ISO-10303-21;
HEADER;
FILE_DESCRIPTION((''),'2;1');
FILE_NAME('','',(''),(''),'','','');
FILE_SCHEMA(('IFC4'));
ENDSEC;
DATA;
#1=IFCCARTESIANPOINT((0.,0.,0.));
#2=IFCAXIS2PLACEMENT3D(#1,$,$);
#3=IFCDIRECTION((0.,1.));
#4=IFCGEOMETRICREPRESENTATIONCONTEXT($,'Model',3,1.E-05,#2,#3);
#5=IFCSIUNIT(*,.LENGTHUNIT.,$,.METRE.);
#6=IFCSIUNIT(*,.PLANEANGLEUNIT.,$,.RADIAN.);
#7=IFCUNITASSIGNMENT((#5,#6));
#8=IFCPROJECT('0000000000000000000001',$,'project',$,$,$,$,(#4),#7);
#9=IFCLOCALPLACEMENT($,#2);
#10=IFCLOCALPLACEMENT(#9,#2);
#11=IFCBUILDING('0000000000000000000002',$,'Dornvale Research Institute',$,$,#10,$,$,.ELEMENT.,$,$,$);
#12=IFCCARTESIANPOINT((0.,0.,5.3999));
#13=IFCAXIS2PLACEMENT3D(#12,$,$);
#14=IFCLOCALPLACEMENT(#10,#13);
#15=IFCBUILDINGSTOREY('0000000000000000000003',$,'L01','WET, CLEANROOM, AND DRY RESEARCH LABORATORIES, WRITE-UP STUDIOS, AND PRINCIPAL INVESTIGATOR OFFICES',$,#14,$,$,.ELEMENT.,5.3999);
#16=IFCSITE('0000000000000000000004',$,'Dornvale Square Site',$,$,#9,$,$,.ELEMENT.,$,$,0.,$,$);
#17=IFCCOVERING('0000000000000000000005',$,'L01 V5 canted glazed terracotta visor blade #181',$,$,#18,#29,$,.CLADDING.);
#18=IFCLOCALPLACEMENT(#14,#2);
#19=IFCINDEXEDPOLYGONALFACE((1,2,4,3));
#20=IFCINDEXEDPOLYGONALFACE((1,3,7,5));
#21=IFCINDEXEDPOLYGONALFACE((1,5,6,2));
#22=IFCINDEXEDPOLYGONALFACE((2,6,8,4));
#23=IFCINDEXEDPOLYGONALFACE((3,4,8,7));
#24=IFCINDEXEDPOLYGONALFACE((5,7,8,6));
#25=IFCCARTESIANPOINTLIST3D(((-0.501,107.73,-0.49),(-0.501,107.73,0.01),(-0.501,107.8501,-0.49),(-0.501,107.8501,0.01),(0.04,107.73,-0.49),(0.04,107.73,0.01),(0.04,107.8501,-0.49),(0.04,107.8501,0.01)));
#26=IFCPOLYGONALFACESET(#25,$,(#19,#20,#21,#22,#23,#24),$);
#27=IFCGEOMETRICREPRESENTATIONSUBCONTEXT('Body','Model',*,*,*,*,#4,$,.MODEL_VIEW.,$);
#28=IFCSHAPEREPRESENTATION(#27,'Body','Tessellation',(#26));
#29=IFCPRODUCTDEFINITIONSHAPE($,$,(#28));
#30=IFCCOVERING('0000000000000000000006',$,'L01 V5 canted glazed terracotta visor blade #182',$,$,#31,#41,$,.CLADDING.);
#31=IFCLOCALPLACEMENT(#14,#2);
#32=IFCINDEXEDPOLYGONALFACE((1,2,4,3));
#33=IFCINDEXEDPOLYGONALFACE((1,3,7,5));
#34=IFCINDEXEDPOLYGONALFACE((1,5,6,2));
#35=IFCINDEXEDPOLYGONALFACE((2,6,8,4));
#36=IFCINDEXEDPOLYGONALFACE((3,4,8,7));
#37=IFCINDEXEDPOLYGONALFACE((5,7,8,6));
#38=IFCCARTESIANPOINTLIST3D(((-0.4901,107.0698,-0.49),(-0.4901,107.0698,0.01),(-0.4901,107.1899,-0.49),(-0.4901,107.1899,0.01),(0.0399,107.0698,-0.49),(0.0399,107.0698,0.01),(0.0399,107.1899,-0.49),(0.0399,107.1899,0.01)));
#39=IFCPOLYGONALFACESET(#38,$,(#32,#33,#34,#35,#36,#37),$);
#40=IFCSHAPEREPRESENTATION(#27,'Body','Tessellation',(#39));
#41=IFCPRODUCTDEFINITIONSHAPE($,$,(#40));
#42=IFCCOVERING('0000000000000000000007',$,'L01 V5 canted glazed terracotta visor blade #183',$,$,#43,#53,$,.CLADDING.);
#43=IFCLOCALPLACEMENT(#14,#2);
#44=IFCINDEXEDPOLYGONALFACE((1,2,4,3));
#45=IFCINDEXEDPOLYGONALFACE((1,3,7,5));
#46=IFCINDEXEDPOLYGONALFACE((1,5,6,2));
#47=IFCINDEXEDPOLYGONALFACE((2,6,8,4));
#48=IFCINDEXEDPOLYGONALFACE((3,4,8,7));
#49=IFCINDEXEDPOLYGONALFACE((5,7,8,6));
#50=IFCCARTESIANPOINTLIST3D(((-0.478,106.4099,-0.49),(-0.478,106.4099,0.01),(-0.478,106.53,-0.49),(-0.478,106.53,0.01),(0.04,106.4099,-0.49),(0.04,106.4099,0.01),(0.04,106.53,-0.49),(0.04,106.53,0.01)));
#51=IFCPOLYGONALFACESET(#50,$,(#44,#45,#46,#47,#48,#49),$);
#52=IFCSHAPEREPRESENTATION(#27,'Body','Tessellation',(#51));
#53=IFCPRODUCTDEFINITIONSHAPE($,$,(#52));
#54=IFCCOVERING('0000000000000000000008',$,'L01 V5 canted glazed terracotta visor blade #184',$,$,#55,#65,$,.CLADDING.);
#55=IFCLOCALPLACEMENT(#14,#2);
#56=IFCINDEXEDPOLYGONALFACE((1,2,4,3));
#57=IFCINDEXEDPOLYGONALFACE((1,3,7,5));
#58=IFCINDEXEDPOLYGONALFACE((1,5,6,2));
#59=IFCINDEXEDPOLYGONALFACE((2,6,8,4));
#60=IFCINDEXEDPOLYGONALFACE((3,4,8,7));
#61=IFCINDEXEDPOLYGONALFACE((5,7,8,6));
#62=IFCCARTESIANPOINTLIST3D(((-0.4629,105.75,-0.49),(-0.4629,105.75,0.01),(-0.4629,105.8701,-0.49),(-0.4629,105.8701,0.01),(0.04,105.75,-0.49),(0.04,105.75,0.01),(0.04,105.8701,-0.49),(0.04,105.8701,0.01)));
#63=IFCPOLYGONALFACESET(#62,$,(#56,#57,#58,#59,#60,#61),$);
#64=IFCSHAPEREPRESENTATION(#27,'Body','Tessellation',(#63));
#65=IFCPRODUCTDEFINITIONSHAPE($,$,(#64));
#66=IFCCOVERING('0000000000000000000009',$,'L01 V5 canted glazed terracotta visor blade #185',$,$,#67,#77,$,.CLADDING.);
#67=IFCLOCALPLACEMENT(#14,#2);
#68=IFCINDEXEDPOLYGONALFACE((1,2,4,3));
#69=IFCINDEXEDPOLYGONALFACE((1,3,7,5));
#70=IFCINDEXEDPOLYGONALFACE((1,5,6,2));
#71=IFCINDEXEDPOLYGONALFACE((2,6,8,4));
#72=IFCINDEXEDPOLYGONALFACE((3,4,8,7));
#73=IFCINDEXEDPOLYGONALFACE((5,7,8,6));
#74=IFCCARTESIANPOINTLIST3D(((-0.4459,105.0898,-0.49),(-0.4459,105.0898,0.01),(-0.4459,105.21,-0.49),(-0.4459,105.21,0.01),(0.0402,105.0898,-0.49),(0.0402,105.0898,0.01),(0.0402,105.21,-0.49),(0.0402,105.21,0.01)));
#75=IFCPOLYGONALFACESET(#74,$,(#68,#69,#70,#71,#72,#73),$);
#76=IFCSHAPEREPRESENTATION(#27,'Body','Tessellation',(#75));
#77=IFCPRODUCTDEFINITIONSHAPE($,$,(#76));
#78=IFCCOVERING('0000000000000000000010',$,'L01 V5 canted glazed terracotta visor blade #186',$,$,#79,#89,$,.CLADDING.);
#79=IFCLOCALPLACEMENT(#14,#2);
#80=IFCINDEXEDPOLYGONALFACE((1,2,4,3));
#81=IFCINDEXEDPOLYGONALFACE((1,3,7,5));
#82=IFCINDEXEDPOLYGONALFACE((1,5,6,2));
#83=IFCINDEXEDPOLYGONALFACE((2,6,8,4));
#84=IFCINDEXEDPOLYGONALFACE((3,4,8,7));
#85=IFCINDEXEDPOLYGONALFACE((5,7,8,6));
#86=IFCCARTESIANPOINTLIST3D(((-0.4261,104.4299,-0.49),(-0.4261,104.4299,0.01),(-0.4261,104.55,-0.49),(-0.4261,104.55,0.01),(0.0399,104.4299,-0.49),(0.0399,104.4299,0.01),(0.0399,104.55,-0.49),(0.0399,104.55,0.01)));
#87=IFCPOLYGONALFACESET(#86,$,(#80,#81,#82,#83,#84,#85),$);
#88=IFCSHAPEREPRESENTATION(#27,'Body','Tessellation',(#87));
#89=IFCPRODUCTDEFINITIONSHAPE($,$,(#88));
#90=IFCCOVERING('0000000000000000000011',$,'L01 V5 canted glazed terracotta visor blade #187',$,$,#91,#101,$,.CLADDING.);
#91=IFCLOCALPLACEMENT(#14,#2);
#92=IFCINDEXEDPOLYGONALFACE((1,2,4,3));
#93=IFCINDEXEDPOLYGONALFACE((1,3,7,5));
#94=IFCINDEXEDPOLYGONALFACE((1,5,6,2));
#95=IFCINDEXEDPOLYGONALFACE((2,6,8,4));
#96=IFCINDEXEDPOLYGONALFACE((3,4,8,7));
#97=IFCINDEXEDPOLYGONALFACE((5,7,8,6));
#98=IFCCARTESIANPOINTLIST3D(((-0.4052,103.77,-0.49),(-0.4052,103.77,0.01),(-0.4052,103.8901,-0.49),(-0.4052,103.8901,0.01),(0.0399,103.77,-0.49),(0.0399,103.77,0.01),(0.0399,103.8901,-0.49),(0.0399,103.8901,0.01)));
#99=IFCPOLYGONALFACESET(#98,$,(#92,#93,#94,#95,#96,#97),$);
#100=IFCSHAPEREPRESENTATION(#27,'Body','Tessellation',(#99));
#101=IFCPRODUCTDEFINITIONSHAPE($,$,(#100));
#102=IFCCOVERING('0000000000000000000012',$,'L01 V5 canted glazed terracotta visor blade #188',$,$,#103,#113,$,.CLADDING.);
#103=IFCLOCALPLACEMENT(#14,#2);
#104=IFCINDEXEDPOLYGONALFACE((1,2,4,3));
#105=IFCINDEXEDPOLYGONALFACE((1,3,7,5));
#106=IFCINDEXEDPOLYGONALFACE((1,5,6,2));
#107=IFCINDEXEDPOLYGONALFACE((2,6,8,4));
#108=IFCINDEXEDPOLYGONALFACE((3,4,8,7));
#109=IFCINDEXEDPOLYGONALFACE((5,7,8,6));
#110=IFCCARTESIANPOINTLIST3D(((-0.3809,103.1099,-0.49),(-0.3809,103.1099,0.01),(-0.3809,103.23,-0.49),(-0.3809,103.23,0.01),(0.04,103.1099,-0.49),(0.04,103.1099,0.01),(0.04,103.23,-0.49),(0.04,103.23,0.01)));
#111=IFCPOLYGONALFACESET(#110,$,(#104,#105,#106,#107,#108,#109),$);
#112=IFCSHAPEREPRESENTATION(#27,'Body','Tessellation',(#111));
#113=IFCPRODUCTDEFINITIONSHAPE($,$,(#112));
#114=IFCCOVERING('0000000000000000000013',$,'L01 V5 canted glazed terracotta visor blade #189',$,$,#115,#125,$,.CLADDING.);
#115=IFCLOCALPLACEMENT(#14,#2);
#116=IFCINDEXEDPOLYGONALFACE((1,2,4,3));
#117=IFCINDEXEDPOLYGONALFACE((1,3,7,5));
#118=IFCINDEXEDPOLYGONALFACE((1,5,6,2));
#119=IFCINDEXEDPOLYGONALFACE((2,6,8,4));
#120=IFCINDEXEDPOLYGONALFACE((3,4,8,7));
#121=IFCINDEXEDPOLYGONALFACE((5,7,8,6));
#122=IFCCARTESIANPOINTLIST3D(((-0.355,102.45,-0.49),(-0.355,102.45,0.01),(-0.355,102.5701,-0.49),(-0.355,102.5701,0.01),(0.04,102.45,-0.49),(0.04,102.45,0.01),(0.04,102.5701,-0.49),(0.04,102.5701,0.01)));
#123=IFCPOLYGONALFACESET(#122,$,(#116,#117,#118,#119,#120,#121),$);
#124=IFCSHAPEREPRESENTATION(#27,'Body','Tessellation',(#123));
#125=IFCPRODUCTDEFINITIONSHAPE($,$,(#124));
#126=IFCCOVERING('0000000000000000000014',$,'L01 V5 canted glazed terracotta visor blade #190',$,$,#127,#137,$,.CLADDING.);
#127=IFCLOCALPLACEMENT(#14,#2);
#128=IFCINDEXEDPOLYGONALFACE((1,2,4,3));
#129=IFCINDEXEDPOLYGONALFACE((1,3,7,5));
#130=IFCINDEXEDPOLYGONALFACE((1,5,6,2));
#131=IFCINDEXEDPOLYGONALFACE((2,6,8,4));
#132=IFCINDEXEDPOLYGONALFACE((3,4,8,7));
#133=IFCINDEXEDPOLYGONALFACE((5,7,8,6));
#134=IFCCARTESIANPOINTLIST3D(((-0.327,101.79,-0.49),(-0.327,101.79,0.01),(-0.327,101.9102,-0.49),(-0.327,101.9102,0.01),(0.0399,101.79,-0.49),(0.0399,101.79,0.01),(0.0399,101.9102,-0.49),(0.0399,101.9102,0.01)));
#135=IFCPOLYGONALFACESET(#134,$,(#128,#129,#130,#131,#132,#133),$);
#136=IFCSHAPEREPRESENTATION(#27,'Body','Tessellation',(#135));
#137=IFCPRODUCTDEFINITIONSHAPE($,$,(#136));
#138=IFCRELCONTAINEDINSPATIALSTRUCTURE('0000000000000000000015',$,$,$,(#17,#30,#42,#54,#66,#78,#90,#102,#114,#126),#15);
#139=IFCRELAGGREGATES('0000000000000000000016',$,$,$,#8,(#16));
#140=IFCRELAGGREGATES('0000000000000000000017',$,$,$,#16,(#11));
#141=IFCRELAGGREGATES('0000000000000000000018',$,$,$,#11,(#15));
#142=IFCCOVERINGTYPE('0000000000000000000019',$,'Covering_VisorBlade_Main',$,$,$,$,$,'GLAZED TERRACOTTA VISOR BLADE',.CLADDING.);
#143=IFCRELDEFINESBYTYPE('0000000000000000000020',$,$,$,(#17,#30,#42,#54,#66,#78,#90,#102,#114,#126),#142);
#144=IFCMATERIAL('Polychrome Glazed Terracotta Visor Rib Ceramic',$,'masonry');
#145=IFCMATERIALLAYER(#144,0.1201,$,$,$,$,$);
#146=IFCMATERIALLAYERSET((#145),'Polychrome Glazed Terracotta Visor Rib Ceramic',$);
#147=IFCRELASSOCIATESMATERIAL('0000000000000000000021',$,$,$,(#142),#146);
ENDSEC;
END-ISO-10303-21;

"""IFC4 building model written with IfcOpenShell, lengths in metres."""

from ifc_helpers import new_model, si_unit, direction, frame, origin, origin_2d, place, context, subcontext, project, spatial, rectangle, extrude, material, layer, layer_set, type_object, element, save


model = new_model("IFC4")

# Units and contexts
model_context = context("Model", 3, precision=1e-05, world=origin(), true_north=direction((0.0, 1.0)))
body_context = subcontext(model_context, "Body", "Model", "MODEL_VIEW")
ifc_project = project(units=[si_unit("LENGTHUNIT", "METRE"), si_unit("PLANEANGLEUNIT", "RADIAN")], contexts=[model_context])

# Site, building, storey
site_placement = place(None, origin())
site = spatial("IfcSite", under=ifc_project, at=site_placement, Name="Dornvale Square Site", CompositionType="ELEMENT", RefElevation=0.0)
building_placement = place(site_placement, origin())
building = spatial("IfcBuilding", under=site, at=building_placement, Name="Dornvale Research Institute", CompositionType="ELEMENT")
storey_placement = place(building_placement, frame((0.0, 0.0, 5.3999)))
storey = spatial("IfcBuildingStorey", under=building, at=storey_placement, Name="L01", Description="WET, CLEANROOM, AND DRY RESEARCH LABORATORIES, WRITE-UP STUDIOS, AND PRINCIPAL INVESTIGATOR OFFICES", CompositionType="ELEMENT", Elevation=5.3999)

# Coverings
ifc_material_1 = material(Name="Polychrome Glazed Terracotta Visor Rib Ceramic", Category="masonry")
ifc_layer_1 = layer(ifc_material_1, 0.1201)
ifc_layer_set_1 = layer_set([ifc_layer_1], Name="Polychrome Glazed Terracotta Visor Rib Ceramic")
covering_type = type_object("IfcCoveringType", Name="Covering_VisorBlade_Main", ElementType="GLAZED TERRACOTTA VISOR BLADE", PredefinedType="CLADDING", material=ifc_layer_set_1)
covering_1_placement = place(storey_placement, frame((-0.2305, 107.79, -0.49), z_axis=(0.0, 0.0, 1.0), x_axis=(1.0, 0.0, 0.0)))
element("IfcCovering", 1, at=covering_1_placement, inside=storey, type_object=covering_type, Name="L01 V5 canted glazed terracotta visor blade #181", PredefinedType="CLADDING", context=body_context, shape_type="SweptSolid", body=[
    extrude(rectangle(XDim=0.541, YDim=0.1201, at=origin_2d()), origin(), (0.0, 0.0, 1.0), 0.5),
])
covering_2_placement = place(storey_placement, frame((-0.2251, 107.1299, -0.49), z_axis=(0.0, 0.0, 1.0), x_axis=(1.0, 0.0, 0.0)))
element("IfcCovering", 2, at=covering_2_placement, inside=storey, type_object=covering_type, Name="L01 V5 canted glazed terracotta visor blade #182", PredefinedType="CLADDING", context=body_context, shape_type="SweptSolid", body=[
    extrude(rectangle(XDim=0.53, YDim=0.1201, at=origin_2d()), origin(), (0.0, 0.0, 1.0), 0.5),
])
covering_3_placement = place(storey_placement, frame((-0.219, 106.47, -0.49), z_axis=(0.0, 0.0, 1.0), x_axis=(1.0, 0.0, 0.0)))
element("IfcCovering", 3, at=covering_3_placement, inside=storey, type_object=covering_type, Name="L01 V5 canted glazed terracotta visor blade #183", PredefinedType="CLADDING", context=body_context, shape_type="SweptSolid", body=[
    extrude(rectangle(XDim=0.5181, YDim=0.1201, at=origin_2d()), origin(), (0.0, 0.0, 1.0), 0.5),
])
covering_4_placement = place(storey_placement, frame((-0.2114, 105.8101, -0.49), z_axis=(0.0, 0.0, 1.0), x_axis=(1.0, 0.0, 0.0)))
element("IfcCovering", 4, at=covering_4_placement, inside=storey, type_object=covering_type, Name="L01 V5 canted glazed terracotta visor blade #184", PredefinedType="CLADDING", context=body_context, shape_type="SweptSolid", body=[
    extrude(rectangle(XDim=0.5029, YDim=0.1201, at=origin_2d()), origin(), (0.0, 0.0, 1.0), 0.5),
])
covering_5_placement = place(storey_placement, frame((-0.2029, 105.1499, -0.49), z_axis=(0.0, 0.0, 1.0), x_axis=(1.0, 0.0, 0.0)))
element("IfcCovering", 5, at=covering_5_placement, inside=storey, type_object=covering_type, Name="L01 V5 canted glazed terracotta visor blade #185", PredefinedType="CLADDING", context=body_context, shape_type="SweptSolid", body=[
    extrude(rectangle(XDim=0.4861, YDim=0.1201, at=origin_2d()), origin(), (0.0, 0.0, 1.0), 0.5),
])
covering_6_placement = place(storey_placement, frame((-0.1931, 104.49, -0.49), z_axis=(0.0, 0.0, 1.0), x_axis=(1.0, 0.0, 0.0)))
element("IfcCovering", 6, at=covering_6_placement, inside=storey, type_object=covering_type, Name="L01 V5 canted glazed terracotta visor blade #186", PredefinedType="CLADDING", context=body_context, shape_type="SweptSolid", body=[
    extrude(rectangle(XDim=0.4661, YDim=0.1201, at=origin_2d()), origin(), (0.0, 0.0, 1.0), 0.5),
])
covering_7_placement = place(storey_placement, frame((-0.1826, 103.8301, -0.49), z_axis=(0.0, 0.0, 1.0), x_axis=(1.0, 0.0, 0.0)))
element("IfcCovering", 7, at=covering_7_placement, inside=storey, type_object=covering_type, Name="L01 V5 canted glazed terracotta visor blade #187", PredefinedType="CLADDING", context=body_context, shape_type="SweptSolid", body=[
    extrude(rectangle(XDim=0.4451, YDim=0.1201, at=origin_2d()), origin(), (0.0, 0.0, 1.0), 0.5),
])
covering_8_placement = place(storey_placement, frame((-0.1704, 103.1699, -0.49), z_axis=(0.0, 0.0, 1.0), x_axis=(1.0, 0.0, 0.0)))
element("IfcCovering", 8, at=covering_8_placement, inside=storey, type_object=covering_type, Name="L01 V5 canted glazed terracotta visor blade #188", PredefinedType="CLADDING", context=body_context, shape_type="SweptSolid", body=[
    extrude(rectangle(XDim=0.4209, YDim=0.1201, at=origin_2d()), origin(), (0.0, 0.0, 1.0), 0.5),
])
covering_9_placement = place(storey_placement, frame((-0.1575, 102.51, -0.49), z_axis=(0.0, 0.0, 1.0), x_axis=(1.0, 0.0, 0.0)))
element("IfcCovering", 9, at=covering_9_placement, inside=storey, type_object=covering_type, Name="L01 V5 canted glazed terracotta visor blade #189", PredefinedType="CLADDING", context=body_context, shape_type="SweptSolid", body=[
    extrude(rectangle(XDim=0.395, YDim=0.1201, at=origin_2d()), origin(), (0.0, 0.0, 1.0), 0.5),
])
covering_10_placement = place(storey_placement, frame((-0.1436, 101.8501, -0.49), z_axis=(0.0, 0.0, 1.0), x_axis=(1.0, 0.0, 0.0)))
element("IfcCovering", 10, at=covering_10_placement, inside=storey, type_object=covering_type, Name="L01 V5 canted glazed terracotta visor blade #190", PredefinedType="CLADDING", context=body_context, shape_type="SweptSolid", body=[
    extrude(rectangle(XDim=0.3669, YDim=0.1201, at=origin_2d()), origin(), (0.0, 0.0, 1.0), 0.5),
])

save(model, "model.ifc")
